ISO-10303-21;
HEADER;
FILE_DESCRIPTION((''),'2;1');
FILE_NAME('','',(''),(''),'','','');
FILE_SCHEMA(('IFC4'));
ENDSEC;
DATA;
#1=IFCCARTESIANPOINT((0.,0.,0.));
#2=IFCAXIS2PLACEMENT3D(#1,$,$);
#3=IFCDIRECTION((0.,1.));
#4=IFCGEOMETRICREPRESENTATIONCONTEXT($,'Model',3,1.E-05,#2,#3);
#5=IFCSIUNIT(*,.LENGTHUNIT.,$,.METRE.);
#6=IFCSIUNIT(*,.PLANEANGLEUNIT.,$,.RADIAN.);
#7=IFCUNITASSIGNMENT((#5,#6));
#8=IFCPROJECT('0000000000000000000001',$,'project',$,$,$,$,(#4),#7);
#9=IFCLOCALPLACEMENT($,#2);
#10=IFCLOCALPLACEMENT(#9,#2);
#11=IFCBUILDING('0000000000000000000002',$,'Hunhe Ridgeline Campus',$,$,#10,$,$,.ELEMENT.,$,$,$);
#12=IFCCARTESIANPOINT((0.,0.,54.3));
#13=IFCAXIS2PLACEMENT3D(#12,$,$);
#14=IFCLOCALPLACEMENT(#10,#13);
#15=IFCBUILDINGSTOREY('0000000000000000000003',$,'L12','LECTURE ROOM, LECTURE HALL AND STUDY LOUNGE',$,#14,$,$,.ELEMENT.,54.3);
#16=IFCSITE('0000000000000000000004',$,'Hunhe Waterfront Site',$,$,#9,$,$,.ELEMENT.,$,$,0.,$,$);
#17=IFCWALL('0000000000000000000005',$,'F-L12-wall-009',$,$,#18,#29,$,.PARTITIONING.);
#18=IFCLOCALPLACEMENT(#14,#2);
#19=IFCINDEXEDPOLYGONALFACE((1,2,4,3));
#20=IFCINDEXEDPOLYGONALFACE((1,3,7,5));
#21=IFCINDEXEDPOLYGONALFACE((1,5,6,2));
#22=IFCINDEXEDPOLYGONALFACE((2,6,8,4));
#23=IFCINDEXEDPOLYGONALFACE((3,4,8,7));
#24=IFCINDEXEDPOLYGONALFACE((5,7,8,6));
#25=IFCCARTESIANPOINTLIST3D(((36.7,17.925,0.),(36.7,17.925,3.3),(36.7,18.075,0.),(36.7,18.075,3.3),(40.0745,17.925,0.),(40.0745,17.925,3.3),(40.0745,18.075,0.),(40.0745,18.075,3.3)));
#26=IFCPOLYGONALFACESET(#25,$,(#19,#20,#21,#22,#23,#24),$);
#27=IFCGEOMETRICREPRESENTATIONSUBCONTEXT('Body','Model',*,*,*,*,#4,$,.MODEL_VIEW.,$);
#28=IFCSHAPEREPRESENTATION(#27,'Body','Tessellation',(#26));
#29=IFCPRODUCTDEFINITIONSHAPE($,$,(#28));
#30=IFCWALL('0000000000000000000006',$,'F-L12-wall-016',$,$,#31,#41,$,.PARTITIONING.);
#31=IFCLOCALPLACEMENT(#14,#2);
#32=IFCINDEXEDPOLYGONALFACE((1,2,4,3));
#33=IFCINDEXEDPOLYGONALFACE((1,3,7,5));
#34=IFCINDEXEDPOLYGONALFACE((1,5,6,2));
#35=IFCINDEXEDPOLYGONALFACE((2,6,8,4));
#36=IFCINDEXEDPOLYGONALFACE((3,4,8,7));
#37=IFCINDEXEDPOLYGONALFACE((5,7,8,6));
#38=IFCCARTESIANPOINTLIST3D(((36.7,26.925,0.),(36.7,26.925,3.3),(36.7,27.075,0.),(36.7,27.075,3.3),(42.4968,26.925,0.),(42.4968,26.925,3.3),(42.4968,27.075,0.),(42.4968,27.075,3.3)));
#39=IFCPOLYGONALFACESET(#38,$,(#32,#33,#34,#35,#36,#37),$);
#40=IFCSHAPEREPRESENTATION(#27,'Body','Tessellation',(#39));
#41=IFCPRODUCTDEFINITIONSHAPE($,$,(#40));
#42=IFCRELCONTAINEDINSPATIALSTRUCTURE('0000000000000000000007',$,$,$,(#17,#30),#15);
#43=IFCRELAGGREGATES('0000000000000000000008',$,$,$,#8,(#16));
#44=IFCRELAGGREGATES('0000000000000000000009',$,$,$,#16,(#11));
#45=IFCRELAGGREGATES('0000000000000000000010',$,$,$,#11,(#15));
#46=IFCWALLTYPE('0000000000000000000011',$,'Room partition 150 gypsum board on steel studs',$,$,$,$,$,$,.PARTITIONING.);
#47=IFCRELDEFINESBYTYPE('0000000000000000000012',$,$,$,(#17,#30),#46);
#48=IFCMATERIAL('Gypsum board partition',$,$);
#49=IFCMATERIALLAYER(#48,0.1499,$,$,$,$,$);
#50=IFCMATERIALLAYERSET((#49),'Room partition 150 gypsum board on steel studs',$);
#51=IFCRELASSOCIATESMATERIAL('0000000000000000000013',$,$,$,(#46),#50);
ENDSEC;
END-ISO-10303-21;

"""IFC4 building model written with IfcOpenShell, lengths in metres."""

from ifc_helpers import new_model, si_unit, direction, frame, frame_2d, origin, place, context, subcontext, project, spatial, rectangle, extrude, material, layer, layer_set, type_object, element, save


model = new_model("IFC4")

# Units and contexts
model_context = context("Model", 3, precision=1e-05, world=origin(), true_north=direction((0.0, 1.0)))
body_context = subcontext(model_context, "Body", "Model", "MODEL_VIEW")
ifc_project = project(units=[si_unit("LENGTHUNIT", "METRE"), si_unit("PLANEANGLEUNIT", "RADIAN")], contexts=[model_context])

# Site, building, storey
site_placement = place(None, origin())
site = spatial("IfcSite", under=ifc_project, at=site_placement, Name="Hunhe Waterfront Site", CompositionType="ELEMENT", RefElevation=0.0)
building_placement = place(site_placement, origin())
building = spatial("IfcBuilding", under=site, at=building_placement, Name="Hunhe Ridgeline Campus", CompositionType="ELEMENT")
storey_placement = place(building_placement, frame((0.0, 0.0, 54.3)))
storey = spatial("IfcBuildingStorey", under=building, at=storey_placement, Name="L12", Description="LECTURE ROOM, LECTURE HALL AND STUDY LOUNGE", CompositionType="ELEMENT", Elevation=54.3)

# Walls
ifc_material_1 = material(Name="Gypsum board partition")
ifc_layer_1 = layer(ifc_material_1, 0.1499)
ifc_layer_set_1 = layer_set([ifc_layer_1], Name="Room partition 150 gypsum board on steel studs")
wall_type_1 = type_object("IfcWallType", Name="Room partition 150 gypsum board on steel studs", PredefinedType="PARTITIONING", material=ifc_layer_set_1)
wall_1_placement = place(storey_placement, frame((36.7, 18.0, 0.0), z_axis=(0.0, 0.0, 1.0), x_axis=(1.0, 0.0, 0.0)))
element("IfcWall", 1, at=wall_1_placement, inside=storey, type_object=wall_type_1, Name="F-L12-wall-009", PredefinedType="PARTITIONING", context=body_context, shape_type="SweptSolid", body=[
    extrude(rectangle(XDim=3.3745, YDim=0.1499, at=frame_2d((1.6873, 0.0))), origin(), (0.0, 0.0, 1.0), 3.3),
])
wall_2_placement = place(storey_placement, frame((36.7, 27.0, 0.0), z_axis=(0.0, 0.0, 1.0), x_axis=(1.0, 0.0, 0.0)))
element("IfcWall", 2, at=wall_2_placement, inside=storey, type_object=wall_type_1, Name="F-L12-wall-016", PredefinedType="PARTITIONING", context=body_context, shape_type="SweptSolid", body=[
    extrude(rectangle(XDim=5.7969, YDim=0.1499, at=frame_2d((2.8984, 0.0))), origin(), (0.0, 0.0, 1.0), 3.3),
])

save(model, "model.ifc")
